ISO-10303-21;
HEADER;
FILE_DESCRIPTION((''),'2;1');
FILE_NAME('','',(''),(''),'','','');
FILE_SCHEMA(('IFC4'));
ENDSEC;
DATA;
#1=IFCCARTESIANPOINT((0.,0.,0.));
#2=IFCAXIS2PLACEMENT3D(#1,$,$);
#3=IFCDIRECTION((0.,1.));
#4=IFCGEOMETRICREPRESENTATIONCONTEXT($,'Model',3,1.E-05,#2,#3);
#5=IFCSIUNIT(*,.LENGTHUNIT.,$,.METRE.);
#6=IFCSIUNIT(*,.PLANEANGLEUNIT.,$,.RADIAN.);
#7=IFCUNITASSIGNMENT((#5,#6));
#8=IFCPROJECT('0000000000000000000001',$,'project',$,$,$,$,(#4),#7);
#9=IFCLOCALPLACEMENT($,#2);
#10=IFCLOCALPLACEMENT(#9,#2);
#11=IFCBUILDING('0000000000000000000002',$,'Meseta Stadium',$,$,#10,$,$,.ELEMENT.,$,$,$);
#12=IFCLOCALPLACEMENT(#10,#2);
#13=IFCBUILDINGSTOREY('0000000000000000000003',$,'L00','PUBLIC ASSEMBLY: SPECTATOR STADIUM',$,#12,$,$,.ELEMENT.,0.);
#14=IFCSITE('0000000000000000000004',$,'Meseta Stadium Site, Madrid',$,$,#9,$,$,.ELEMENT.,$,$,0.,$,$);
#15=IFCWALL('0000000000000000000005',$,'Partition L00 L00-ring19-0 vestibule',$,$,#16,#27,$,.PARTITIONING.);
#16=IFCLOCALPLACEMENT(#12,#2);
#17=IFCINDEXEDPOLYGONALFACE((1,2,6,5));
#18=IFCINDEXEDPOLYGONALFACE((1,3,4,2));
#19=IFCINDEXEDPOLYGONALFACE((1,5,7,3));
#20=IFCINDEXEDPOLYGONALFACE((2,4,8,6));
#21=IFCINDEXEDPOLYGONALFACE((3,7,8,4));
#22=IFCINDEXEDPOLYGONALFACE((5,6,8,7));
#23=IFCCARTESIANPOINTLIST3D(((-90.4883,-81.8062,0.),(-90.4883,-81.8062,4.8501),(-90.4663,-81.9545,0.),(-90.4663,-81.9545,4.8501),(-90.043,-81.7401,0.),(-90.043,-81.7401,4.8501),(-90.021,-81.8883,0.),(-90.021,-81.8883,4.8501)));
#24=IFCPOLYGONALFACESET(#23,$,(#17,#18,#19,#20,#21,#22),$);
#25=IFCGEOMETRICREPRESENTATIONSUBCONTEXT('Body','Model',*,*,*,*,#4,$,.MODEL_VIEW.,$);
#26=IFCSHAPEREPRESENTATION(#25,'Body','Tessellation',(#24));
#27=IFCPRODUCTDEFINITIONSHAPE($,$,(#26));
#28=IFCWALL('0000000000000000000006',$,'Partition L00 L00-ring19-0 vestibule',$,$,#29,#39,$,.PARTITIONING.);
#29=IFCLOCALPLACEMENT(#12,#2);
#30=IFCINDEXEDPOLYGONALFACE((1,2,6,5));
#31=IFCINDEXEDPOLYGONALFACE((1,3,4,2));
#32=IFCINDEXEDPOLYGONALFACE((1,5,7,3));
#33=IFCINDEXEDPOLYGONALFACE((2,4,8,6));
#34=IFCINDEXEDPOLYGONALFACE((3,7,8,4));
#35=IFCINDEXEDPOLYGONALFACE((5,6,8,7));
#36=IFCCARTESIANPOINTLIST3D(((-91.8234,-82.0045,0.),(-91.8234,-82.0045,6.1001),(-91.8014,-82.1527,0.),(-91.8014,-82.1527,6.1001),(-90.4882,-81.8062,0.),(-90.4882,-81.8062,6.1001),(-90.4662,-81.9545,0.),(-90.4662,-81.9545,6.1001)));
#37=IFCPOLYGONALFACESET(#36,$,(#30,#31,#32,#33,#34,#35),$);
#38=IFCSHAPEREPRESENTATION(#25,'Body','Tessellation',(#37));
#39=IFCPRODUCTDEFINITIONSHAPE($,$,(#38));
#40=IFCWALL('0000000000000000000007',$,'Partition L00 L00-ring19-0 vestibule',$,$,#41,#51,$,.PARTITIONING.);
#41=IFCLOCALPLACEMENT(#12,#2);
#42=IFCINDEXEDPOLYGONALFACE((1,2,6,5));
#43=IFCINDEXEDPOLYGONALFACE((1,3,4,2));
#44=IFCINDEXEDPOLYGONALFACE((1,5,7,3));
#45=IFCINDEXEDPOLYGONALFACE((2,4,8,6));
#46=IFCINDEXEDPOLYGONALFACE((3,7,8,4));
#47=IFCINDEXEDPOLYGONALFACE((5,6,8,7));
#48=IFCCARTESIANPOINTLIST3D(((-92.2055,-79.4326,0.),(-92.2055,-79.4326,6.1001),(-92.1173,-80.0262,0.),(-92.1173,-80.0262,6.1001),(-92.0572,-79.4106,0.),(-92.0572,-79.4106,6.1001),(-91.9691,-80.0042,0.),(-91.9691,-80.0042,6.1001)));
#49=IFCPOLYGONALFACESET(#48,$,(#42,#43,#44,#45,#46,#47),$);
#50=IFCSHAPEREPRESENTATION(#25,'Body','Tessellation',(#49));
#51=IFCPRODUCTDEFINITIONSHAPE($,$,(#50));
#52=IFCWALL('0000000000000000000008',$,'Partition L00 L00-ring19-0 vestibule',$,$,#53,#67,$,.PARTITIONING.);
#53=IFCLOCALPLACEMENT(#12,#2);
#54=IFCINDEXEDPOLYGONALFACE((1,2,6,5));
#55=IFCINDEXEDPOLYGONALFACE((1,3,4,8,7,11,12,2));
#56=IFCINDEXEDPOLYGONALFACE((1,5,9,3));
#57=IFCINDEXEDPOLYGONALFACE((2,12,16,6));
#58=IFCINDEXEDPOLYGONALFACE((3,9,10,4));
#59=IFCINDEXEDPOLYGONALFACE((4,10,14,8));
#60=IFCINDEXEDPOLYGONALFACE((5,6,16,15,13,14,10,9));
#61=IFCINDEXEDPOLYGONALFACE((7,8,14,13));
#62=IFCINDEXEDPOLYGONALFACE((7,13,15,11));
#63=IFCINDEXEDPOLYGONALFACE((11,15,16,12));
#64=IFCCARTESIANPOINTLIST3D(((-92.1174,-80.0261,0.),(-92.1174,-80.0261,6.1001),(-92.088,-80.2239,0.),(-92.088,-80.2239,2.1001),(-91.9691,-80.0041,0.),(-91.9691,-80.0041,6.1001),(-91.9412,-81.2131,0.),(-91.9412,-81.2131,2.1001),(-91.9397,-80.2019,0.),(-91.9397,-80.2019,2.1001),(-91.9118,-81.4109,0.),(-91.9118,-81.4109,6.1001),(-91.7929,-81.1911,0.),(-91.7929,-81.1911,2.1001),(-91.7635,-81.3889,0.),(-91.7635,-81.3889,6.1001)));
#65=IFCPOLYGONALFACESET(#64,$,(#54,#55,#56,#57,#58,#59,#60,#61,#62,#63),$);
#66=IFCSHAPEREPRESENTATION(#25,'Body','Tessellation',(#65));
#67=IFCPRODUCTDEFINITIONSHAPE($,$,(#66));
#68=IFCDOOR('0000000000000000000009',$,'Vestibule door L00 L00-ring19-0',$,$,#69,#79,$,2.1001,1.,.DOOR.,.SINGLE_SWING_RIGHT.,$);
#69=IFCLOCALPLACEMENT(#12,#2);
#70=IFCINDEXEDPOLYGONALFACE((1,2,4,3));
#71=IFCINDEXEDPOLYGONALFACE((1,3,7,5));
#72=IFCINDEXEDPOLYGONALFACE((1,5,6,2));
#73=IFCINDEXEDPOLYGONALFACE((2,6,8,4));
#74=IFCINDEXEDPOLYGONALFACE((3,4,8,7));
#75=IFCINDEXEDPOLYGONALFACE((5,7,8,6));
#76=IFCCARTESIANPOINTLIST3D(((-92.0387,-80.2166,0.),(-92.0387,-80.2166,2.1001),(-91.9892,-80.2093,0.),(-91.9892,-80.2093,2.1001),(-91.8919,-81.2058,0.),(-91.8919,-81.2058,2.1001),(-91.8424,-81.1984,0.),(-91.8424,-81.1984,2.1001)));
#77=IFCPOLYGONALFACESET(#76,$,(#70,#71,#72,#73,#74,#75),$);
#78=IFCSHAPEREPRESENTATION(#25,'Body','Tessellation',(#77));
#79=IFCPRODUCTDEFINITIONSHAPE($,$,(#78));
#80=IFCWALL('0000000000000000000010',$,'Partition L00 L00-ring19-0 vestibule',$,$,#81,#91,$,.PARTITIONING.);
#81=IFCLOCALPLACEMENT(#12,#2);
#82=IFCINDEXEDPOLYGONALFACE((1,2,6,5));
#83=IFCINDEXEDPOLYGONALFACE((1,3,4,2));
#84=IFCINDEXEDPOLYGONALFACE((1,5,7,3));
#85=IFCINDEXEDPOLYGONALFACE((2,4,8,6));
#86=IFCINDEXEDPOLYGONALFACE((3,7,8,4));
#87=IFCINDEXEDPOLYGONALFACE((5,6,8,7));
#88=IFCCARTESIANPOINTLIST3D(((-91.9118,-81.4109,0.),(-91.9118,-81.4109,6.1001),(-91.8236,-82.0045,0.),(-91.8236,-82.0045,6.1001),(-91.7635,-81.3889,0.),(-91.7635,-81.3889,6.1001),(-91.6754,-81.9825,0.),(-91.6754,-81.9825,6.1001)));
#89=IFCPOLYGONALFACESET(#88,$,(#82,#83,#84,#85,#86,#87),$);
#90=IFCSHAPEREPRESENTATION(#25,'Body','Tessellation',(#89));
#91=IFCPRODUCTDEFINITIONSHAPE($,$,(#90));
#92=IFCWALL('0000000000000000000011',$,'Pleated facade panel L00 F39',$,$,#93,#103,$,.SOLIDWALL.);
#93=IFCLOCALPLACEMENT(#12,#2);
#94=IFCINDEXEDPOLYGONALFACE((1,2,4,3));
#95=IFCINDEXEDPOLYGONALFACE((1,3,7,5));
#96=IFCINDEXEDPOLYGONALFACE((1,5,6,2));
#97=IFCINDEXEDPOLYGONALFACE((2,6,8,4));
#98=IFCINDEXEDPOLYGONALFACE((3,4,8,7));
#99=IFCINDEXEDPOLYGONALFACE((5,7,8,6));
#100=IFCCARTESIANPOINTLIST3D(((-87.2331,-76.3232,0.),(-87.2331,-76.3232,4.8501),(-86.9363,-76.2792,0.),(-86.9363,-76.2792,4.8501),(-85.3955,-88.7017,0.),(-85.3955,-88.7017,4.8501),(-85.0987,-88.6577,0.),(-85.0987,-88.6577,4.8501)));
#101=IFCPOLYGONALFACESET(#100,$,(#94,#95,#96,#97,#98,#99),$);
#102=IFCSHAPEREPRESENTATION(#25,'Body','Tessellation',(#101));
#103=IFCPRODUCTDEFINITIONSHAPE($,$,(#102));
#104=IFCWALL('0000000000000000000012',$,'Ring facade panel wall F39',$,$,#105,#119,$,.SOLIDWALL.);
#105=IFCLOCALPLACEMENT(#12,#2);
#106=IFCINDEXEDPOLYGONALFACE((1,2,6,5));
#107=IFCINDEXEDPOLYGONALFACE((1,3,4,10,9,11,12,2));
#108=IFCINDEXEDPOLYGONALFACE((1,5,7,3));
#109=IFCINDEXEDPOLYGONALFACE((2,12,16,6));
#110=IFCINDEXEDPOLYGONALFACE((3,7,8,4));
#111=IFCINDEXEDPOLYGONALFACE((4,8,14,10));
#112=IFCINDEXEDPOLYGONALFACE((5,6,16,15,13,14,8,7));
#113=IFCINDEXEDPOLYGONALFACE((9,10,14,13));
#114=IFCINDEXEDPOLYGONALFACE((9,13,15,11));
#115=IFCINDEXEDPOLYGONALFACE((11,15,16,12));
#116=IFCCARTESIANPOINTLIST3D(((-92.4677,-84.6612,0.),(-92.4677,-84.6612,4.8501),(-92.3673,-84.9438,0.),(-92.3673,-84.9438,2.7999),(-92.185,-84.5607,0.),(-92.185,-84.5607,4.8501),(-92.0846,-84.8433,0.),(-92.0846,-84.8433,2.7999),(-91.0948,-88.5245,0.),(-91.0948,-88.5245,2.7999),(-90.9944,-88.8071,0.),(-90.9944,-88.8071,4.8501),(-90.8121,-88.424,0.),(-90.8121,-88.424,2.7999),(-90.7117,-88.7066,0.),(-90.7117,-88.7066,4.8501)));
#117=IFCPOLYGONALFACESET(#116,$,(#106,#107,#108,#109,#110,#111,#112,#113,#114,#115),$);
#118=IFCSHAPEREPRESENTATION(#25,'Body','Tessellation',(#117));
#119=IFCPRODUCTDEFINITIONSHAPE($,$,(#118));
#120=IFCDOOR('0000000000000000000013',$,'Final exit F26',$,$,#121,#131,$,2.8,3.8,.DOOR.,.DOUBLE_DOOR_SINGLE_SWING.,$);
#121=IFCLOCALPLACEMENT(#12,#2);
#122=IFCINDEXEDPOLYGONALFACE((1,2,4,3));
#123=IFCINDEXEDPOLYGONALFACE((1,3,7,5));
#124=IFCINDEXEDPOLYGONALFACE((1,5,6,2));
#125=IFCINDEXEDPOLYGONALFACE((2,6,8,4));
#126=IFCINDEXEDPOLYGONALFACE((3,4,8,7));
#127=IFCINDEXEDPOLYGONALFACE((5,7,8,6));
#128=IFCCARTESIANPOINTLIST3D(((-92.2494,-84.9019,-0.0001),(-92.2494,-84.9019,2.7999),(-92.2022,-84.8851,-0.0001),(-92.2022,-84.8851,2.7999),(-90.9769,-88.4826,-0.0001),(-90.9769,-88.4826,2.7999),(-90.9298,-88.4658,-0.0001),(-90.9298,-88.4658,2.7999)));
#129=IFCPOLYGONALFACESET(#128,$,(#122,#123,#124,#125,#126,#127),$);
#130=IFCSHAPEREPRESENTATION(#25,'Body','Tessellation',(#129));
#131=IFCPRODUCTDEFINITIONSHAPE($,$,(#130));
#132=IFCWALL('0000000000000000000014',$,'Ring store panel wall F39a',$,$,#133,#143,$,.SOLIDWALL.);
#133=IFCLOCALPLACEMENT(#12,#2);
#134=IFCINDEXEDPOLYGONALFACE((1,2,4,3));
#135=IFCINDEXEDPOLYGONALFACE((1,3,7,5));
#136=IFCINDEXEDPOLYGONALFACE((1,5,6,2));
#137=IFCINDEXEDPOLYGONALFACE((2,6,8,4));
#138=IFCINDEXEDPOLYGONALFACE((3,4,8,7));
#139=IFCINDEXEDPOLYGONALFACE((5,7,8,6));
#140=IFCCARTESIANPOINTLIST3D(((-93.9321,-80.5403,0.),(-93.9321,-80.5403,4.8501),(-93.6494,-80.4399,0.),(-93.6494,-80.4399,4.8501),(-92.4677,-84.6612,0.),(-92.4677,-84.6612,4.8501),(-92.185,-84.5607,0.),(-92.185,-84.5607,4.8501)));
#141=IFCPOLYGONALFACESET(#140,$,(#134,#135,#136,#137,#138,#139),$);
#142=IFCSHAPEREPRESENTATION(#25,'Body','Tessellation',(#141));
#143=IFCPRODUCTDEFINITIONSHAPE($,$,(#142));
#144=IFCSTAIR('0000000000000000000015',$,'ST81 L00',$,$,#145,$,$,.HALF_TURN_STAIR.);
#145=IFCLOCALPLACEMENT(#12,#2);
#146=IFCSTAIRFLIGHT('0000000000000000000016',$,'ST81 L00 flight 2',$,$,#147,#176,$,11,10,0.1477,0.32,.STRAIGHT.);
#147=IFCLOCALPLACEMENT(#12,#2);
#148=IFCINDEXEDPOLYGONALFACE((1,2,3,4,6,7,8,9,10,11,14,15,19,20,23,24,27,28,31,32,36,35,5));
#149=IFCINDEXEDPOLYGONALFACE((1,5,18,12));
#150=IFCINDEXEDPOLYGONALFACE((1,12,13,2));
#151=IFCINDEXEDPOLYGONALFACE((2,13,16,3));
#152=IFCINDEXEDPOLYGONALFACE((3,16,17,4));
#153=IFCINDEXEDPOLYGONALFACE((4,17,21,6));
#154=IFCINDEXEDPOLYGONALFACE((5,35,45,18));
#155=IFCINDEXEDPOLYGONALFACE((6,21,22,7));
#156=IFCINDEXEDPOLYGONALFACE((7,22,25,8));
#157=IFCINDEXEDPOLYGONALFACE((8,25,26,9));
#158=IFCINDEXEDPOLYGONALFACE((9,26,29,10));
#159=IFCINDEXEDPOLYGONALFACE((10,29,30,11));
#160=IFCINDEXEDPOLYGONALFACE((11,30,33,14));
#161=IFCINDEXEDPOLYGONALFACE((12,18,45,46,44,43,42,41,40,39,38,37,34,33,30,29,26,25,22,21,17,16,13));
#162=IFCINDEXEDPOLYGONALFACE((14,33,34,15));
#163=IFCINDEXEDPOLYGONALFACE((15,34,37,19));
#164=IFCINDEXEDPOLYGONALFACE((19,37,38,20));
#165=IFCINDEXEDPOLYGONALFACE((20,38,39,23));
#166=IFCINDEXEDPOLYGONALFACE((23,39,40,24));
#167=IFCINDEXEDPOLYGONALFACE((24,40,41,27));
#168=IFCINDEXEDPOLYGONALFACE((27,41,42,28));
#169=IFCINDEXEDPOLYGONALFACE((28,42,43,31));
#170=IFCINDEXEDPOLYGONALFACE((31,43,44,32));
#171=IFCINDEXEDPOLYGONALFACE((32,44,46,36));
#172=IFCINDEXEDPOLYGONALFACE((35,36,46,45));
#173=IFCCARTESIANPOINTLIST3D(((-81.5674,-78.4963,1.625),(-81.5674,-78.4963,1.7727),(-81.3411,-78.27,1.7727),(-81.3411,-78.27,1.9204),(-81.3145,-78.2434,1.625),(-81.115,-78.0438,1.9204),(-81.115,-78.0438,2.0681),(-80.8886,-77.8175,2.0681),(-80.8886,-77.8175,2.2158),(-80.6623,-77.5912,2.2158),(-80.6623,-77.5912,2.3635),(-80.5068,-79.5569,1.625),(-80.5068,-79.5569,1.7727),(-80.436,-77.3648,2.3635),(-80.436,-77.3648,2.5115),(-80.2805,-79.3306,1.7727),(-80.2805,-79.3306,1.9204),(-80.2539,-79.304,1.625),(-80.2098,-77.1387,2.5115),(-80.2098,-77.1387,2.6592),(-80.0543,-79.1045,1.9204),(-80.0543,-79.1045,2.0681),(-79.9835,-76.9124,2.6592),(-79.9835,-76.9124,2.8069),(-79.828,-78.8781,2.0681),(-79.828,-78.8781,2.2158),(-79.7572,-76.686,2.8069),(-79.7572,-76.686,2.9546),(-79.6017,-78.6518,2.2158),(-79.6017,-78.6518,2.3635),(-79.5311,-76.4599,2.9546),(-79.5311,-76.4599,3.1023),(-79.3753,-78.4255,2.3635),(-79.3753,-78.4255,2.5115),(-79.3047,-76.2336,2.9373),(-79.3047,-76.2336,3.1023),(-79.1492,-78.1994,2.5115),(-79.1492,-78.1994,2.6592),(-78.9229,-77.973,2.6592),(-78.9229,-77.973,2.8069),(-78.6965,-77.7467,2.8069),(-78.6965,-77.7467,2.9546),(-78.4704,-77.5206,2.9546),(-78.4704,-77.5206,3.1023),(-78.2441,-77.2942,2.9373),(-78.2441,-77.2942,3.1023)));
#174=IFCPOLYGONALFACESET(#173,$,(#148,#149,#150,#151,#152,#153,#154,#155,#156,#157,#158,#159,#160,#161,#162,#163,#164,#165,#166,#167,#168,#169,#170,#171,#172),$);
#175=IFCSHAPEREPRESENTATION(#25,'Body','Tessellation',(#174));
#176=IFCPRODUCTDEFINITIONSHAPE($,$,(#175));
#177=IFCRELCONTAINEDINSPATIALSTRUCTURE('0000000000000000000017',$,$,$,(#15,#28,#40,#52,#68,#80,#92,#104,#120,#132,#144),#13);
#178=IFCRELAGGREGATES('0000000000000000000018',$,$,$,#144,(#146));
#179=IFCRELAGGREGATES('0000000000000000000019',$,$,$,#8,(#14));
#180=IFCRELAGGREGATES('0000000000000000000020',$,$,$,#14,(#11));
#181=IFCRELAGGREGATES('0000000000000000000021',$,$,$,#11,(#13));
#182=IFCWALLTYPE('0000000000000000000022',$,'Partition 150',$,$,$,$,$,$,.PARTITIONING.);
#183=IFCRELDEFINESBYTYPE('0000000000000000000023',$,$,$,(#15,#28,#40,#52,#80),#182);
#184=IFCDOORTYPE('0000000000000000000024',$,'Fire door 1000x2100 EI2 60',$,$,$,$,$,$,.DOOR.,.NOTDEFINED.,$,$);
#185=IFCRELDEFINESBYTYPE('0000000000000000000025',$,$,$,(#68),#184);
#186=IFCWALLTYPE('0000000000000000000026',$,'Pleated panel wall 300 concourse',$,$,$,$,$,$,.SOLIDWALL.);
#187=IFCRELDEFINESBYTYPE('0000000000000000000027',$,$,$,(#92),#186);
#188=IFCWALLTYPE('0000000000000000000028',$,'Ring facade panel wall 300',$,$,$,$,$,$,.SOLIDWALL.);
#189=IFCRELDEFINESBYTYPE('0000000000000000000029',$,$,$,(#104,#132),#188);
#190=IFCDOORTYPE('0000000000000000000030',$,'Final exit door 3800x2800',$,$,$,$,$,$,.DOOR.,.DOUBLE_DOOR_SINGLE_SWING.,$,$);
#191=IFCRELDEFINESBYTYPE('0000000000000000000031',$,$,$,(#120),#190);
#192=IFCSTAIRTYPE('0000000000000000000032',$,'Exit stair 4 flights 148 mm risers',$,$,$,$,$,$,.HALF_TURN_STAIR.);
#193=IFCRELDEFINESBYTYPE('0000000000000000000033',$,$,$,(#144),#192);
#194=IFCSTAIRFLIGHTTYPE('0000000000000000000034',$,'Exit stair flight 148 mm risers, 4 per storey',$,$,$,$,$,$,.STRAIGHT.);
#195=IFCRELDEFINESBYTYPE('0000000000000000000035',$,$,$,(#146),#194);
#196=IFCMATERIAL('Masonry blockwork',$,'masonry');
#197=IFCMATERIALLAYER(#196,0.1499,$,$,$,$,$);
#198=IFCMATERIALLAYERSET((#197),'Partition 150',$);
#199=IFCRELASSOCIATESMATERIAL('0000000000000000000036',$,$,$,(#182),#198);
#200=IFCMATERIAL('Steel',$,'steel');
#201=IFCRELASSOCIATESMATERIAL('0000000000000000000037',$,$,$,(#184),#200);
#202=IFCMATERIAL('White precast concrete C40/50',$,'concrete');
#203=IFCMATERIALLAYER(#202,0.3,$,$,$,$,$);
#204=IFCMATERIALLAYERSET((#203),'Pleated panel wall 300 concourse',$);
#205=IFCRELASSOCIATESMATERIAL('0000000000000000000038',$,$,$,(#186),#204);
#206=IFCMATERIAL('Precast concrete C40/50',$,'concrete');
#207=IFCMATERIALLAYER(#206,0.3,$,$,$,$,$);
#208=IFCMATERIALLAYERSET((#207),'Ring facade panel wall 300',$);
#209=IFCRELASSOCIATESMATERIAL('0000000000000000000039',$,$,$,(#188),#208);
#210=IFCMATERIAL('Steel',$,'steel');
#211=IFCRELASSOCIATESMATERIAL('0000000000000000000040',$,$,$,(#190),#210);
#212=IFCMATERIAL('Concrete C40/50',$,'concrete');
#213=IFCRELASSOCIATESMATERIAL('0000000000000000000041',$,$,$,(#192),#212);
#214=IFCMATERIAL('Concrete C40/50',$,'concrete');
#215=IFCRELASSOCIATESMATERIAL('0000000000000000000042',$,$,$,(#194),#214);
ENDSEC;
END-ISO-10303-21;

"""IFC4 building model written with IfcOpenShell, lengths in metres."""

from ifc_helpers import new_model, si_unit, direction, frame, frame_2d, origin, place, context, subcontext, project, spatial, polyline, rectangle, outline, extrude, material, layer, layer_set, type_object, element, fill, aggregate, save


model = new_model("IFC4")

# Units and contexts
model_context = context("Model", 3, precision=1e-05, world=origin(), true_north=direction((0.0, 1.0)))
body_context = subcontext(model_context, "Body", "Model", "MODEL_VIEW")
ifc_project = project(units=[si_unit("LENGTHUNIT", "METRE"), si_unit("PLANEANGLEUNIT", "RADIAN")], contexts=[model_context])

# Site, building, storey
site_placement = place(None, origin())
site = spatial("IfcSite", under=ifc_project, at=site_placement, Name="Meseta Stadium Site, Madrid", CompositionType="ELEMENT", RefElevation=0.0)
building_placement = place(site_placement, origin())
building = spatial("IfcBuilding", under=site, at=building_placement, Name="Meseta Stadium", CompositionType="ELEMENT")
storey_placement = place(building_placement, origin())
storey = spatial("IfcBuildingStorey", under=building, at=storey_placement, Name="L00", Description="PUBLIC ASSEMBLY: SPECTATOR STADIUM", CompositionType="ELEMENT", Elevation=0.0)

# Walls
ifc_material_1 = material(Name="Masonry blockwork", Category="masonry")
ifc_layer_1 = layer(ifc_material_1, 0.1499)
ifc_layer_set_1 = layer_set([ifc_layer_1], Name="Partition 150")
wall_type_1 = type_object("IfcWallType", Name="Partition 150", PredefinedType="PARTITIONING", material=ifc_layer_set_1)
wall_1_placement = place(storey_placement, frame((-90.032, -81.8142, 0.0), z_axis=(0.0, 0.0, 1.0), x_axis=(-0.989142, -0.146961, 0.0)))
element("IfcWall", 1, at=wall_1_placement, inside=storey, type_object=wall_type_1, Name="Partition L00 L00-ring19-0 vestibule", PredefinedType="PARTITIONING", context=body_context, shape_type="SweptSolid", body=[
    extrude(rectangle(XDim=0.4502, YDim=0.1499, at=frame_2d((0.2251, 0.0))), origin(), (0.0, 0.0, 1.0), 4.8501),
])
wall_2_placement = place(storey_placement, frame((-90.4773, -81.8804, 0.0), z_axis=(0.0, 0.0, 1.0), x_axis=(-0.989157, -0.146863, 0.0)))
element("IfcWall", 2, at=wall_2_placement, inside=storey, type_object=wall_type_1, Name="Partition L00 L00-ring19-0 vestibule", PredefinedType="PARTITIONING", context=body_context, shape_type="SweptSolid", body=[
    extrude(rectangle(XDim=1.3499, YDim=0.1499, at=frame_2d((0.6748, 0.0))), origin(), (0.0, 0.0, 1.0), 6.1001),
])
wall_3_placement = place(storey_placement, frame((-92.1313, -79.4216, 0.0), z_axis=(0.0, 0.0, 1.0), x_axis=(0.146888, -0.989153, 0.0)))
element("IfcWall", 3, at=wall_3_placement, inside=storey, type_object=wall_type_1, Name="Partition L00 L00-ring19-0 vestibule", PredefinedType="PARTITIONING", context=body_context, shape_type="SweptSolid", body=[
    extrude(rectangle(XDim=0.6001, YDim=0.1499, at=frame_2d((0.3, 0.0))), origin(), (0.0, 0.0, 1.0), 6.1001),
])

# Wall, opening, door
wall_4_placement = place(storey_placement, frame((-92.0432, -80.0151, 0.0), z_axis=(0.0, 0.0, 1.0), x_axis=(0.146839, -0.98916, 0.0)))
wall_4 = element("IfcWall", 4, at=wall_4_placement, inside=storey, type_object=wall_type_1, Name="Partition L00 L00-ring19-0 vestibule", PredefinedType="PARTITIONING", context=body_context, shape_type="SweptSolid", body=[
    extrude(rectangle(XDim=1.3999, YDim=0.1499, at=frame_2d((0.7, 0.0))), origin(), (0.0, 0.0, 1.0), 6.1001),
])
opening_1_placement = place(wall_4_placement, frame((0.2, 0.0, 0.0)))
opening_1 = element("IfcOpeningElement", 5, at=opening_1_placement, cuts=wall_4, PredefinedType="OPENING", context=body_context, shape_type="SweptSolid", body=[
    extrude(rectangle(XDim=1.0, YDim=2.1001, at=frame_2d((0.5, 1.05))), frame((0.0, 0.085, 0.0), z_axis=(0.0, -1.0, 0.0), x_axis=(1.0, 0.0, 0.0)), (0.0, 0.0, 1.0), 0.1699),
])
ifc_material_2 = material(Name="Steel", Category="steel")
door_type_1 = type_object("IfcDoorType", Name="Fire door 1000x2100 EI2 60", OperationType="NOTDEFINED", PredefinedType="DOOR", material=ifc_material_2)
door_1_placement = place(opening_1_placement, origin())
door_1 = element("IfcDoor", 6, at=door_1_placement, inside=storey, type_object=door_type_1, Name="Vestibule door L00 L00-ring19-0", OperationType="SINGLE_SWING_RIGHT", OverallHeight=2.1001, OverallWidth=1.0, PredefinedType="DOOR", context=body_context, shape_type="SweptSolid", body=[
    extrude(rectangle(XDim=1.0, YDim=2.1001, at=frame_2d((0.5, 1.05))), frame((0.0, 0.0249, 0.0), z_axis=(0.0, -1.0, 0.0), x_axis=(1.0, 0.0, 0.0)), (0.0, 0.0, 1.0), 0.05),
])
fill(opening_1, door_1)

# Walls
wall_5_placement = place(storey_placement, frame((-91.8376, -81.3999, 0.0), z_axis=(0.0, 0.0, 1.0), x_axis=(0.146888, -0.989153, 0.0)))
element("IfcWall", 7, at=wall_5_placement, inside=storey, type_object=wall_type_1, Name="Partition L00 L00-ring19-0 vestibule", PredefinedType="PARTITIONING", context=body_context, shape_type="SweptSolid", body=[
    extrude(rectangle(XDim=0.6001, YDim=0.1499, at=frame_2d((0.3, 0.0))), origin(), (0.0, 0.0, 1.0), 6.1001),
])
ifc_material_3 = material(Name="White precast concrete C40/50", Category="concrete")
ifc_layer_2 = layer(ifc_material_3, 0.3)
ifc_layer_set_2 = layer_set([ifc_layer_2], Name="Pleated panel wall 300 concourse")
wall_type_2 = type_object("IfcWallType", Name="Pleated panel wall 300 concourse", PredefinedType="SOLIDWALL", material=ifc_layer_set_2)
wall_6_placement = place(storey_placement, frame((-85.2471, -88.6797, 0.0), z_axis=(0.0, 0.0, 1.0), x_axis=(-0.146846, 0.989159, 0.0)))
element("IfcWall", 8, at=wall_6_placement, inside=storey, type_object=wall_type_2, Name="Pleated facade panel L00 F39", PredefinedType="SOLIDWALL", context=body_context, shape_type="SweptSolid", body=[
    extrude(rectangle(XDim=12.5142, YDim=0.3, at=frame_2d((6.2571, 0.0))), origin(), (0.0, 0.0, 1.0), 4.8501),
])

# Wall, opening, door
ifc_material_4 = material(Name="Precast concrete C40/50", Category="concrete")
ifc_layer_3 = layer(ifc_material_4, 0.3)
ifc_layer_set_3 = layer_set([ifc_layer_3], Name="Ring facade panel wall 300")
wall_type_3 = type_object("IfcWallType", Name="Ring facade panel wall 300", PredefinedType="SOLIDWALL", material=ifc_layer_set_3)
wall_7_placement = place(storey_placement, frame((-90.853, -88.7568, 0.0), z_axis=(0.0, 0.0, 1.0), x_axis=(-0.33486, 0.942268, 0.0)))
wall_7 = element("IfcWall", 9, at=wall_7_placement, inside=storey, type_object=wall_type_3, Name="Ring facade panel wall F39", PredefinedType="SOLIDWALL", context=body_context, shape_type="SweptSolid", body=[
    extrude(rectangle(XDim=4.3999, YDim=0.3, at=frame_2d((2.2, 0.0))), origin(), (0.0, 0.0, 1.0), 4.8501),
])
opening_2_placement = place(wall_7_placement, frame((0.3, 0.0, 0.0)))
opening_2 = element("IfcOpeningElement", 10, at=opening_2_placement, cuts=wall_7, PredefinedType="OPENING", context=body_context, shape_type="SweptSolid", body=[
    extrude(rectangle(XDim=3.8, YDim=2.8, at=frame_2d((1.8999, 1.3999))), frame((0.0, 0.1599, 0.0), z_axis=(0.0, -1.0, 0.0), x_axis=(1.0, 0.0, 0.0)), (0.0, 0.0, 1.0), 0.3201),
])
ifc_material_5 = material(Name="Steel", Category="steel")
door_type_2 = type_object("IfcDoorType", Name="Final exit door 3800x2800", OperationType="DOUBLE_DOOR_SINGLE_SWING", PredefinedType="DOOR", material=ifc_material_5)
door_2_placement = place(opening_2_placement, origin())
door_2 = element("IfcDoor", 11, at=door_2_placement, inside=storey, type_object=door_type_2, Name="Final exit F26", OperationType="DOUBLE_DOOR_SINGLE_SWING", OverallHeight=2.8, OverallWidth=3.8, PredefinedType="DOOR", context=body_context, shape_type="SweptSolid", body=[
    extrude(rectangle(XDim=3.8, YDim=2.8, at=frame_2d((1.8999, 1.3999))), frame((0.0, 0.0249, 0.0), z_axis=(0.0, -1.0, 0.0), x_axis=(1.0, 0.0, 0.0)), (0.0, 0.0, 1.0), 0.05),
])
fill(opening_2, door_2)

# Wall
wall_8_placement = place(storey_placement, frame((-92.3264, -84.6108, 0.0), z_axis=(0.0, 0.0, 1.0), x_axis=(-0.33484, 0.942275, 0.0)))
element("IfcWall", 12, at=wall_8_placement, inside=storey, type_object=wall_type_3, Name="Ring store panel wall F39a", PredefinedType="SOLIDWALL", context=body_context, shape_type="SweptSolid", body=[
    extrude(rectangle(XDim=4.3733, YDim=0.3, at=frame_2d((2.1865, 0.0))), origin(), (0.0, 0.0, 1.0), 4.8501),
])

# Stair, stair flight
ifc_material_6 = material(Name="Concrete C40/50", Category="concrete")
stair_type = type_object("IfcStairType", Name="Exit stair 4 flights 148 mm risers", PredefinedType="HALF_TURN_STAIR", material=ifc_material_6)
stair_placement = place(storey_placement, origin())
stair = element("IfcStair", 13, at=stair_placement, inside=storey, type_object=stair_type, Name="ST81 L00", PredefinedType="HALF_TURN_STAIR")
ifc_material_7 = material(Name="Concrete C40/50", Category="concrete")
stair_flight_type = type_object("IfcStairFlightType", Name="Exit stair flight 148 mm risers, 4 per storey", PredefinedType="STRAIGHT", material=ifc_material_7)
stair_flight_1_placement = place(storey_placement, frame((-81.0371, -79.0266, 1.625), z_axis=(0.0, 0.0, 1.0), x_axis=(0.707107, 0.707107, 0.0)))
stair_flight_1 = element("IfcStairFlight", 14, at=stair_flight_1_placement, type_object=stair_flight_type, Name="ST81 L00 flight 2", NumberOfRisers=11, NumberOfTreads=10, PredefinedType="STRAIGHT", RiserHeight=0.1477, TreadLength=0.32, context=body_context, shape_type="SweptSolid", body=[
    extrude(outline(polyline([(0.0, 0.0), (0.0, 0.1477), (0.3201, 0.1477), (0.3201, 0.2954), (0.6399, 0.2954), (0.6399, 0.4431), (0.96, 0.4431), (0.96, 0.5908), (1.28, 0.5908), (1.28, 0.7385), (1.6001, 0.7385), (1.6001, 0.8865), (1.9199, 0.8865), (1.9199, 1.0342), (2.24, 1.0342), (2.24, 1.1819), (2.5601, 1.1819), (2.5601, 1.3296), (2.8799, 1.3296), (2.8799, 1.4773), (3.2, 1.4773), (3.2, 1.3123), (0.3577, 0.0), (0.0, 0.0)])), frame((0.0, 0.75, 0.0), z_axis=(0.0, -1.0, 0.0), x_axis=(1.0, 0.0, 0.0)), (0.0, 0.0, 1.0), 1.5),
])
aggregate(stair, [stair_flight_1])

save(model, "model.ifc")
